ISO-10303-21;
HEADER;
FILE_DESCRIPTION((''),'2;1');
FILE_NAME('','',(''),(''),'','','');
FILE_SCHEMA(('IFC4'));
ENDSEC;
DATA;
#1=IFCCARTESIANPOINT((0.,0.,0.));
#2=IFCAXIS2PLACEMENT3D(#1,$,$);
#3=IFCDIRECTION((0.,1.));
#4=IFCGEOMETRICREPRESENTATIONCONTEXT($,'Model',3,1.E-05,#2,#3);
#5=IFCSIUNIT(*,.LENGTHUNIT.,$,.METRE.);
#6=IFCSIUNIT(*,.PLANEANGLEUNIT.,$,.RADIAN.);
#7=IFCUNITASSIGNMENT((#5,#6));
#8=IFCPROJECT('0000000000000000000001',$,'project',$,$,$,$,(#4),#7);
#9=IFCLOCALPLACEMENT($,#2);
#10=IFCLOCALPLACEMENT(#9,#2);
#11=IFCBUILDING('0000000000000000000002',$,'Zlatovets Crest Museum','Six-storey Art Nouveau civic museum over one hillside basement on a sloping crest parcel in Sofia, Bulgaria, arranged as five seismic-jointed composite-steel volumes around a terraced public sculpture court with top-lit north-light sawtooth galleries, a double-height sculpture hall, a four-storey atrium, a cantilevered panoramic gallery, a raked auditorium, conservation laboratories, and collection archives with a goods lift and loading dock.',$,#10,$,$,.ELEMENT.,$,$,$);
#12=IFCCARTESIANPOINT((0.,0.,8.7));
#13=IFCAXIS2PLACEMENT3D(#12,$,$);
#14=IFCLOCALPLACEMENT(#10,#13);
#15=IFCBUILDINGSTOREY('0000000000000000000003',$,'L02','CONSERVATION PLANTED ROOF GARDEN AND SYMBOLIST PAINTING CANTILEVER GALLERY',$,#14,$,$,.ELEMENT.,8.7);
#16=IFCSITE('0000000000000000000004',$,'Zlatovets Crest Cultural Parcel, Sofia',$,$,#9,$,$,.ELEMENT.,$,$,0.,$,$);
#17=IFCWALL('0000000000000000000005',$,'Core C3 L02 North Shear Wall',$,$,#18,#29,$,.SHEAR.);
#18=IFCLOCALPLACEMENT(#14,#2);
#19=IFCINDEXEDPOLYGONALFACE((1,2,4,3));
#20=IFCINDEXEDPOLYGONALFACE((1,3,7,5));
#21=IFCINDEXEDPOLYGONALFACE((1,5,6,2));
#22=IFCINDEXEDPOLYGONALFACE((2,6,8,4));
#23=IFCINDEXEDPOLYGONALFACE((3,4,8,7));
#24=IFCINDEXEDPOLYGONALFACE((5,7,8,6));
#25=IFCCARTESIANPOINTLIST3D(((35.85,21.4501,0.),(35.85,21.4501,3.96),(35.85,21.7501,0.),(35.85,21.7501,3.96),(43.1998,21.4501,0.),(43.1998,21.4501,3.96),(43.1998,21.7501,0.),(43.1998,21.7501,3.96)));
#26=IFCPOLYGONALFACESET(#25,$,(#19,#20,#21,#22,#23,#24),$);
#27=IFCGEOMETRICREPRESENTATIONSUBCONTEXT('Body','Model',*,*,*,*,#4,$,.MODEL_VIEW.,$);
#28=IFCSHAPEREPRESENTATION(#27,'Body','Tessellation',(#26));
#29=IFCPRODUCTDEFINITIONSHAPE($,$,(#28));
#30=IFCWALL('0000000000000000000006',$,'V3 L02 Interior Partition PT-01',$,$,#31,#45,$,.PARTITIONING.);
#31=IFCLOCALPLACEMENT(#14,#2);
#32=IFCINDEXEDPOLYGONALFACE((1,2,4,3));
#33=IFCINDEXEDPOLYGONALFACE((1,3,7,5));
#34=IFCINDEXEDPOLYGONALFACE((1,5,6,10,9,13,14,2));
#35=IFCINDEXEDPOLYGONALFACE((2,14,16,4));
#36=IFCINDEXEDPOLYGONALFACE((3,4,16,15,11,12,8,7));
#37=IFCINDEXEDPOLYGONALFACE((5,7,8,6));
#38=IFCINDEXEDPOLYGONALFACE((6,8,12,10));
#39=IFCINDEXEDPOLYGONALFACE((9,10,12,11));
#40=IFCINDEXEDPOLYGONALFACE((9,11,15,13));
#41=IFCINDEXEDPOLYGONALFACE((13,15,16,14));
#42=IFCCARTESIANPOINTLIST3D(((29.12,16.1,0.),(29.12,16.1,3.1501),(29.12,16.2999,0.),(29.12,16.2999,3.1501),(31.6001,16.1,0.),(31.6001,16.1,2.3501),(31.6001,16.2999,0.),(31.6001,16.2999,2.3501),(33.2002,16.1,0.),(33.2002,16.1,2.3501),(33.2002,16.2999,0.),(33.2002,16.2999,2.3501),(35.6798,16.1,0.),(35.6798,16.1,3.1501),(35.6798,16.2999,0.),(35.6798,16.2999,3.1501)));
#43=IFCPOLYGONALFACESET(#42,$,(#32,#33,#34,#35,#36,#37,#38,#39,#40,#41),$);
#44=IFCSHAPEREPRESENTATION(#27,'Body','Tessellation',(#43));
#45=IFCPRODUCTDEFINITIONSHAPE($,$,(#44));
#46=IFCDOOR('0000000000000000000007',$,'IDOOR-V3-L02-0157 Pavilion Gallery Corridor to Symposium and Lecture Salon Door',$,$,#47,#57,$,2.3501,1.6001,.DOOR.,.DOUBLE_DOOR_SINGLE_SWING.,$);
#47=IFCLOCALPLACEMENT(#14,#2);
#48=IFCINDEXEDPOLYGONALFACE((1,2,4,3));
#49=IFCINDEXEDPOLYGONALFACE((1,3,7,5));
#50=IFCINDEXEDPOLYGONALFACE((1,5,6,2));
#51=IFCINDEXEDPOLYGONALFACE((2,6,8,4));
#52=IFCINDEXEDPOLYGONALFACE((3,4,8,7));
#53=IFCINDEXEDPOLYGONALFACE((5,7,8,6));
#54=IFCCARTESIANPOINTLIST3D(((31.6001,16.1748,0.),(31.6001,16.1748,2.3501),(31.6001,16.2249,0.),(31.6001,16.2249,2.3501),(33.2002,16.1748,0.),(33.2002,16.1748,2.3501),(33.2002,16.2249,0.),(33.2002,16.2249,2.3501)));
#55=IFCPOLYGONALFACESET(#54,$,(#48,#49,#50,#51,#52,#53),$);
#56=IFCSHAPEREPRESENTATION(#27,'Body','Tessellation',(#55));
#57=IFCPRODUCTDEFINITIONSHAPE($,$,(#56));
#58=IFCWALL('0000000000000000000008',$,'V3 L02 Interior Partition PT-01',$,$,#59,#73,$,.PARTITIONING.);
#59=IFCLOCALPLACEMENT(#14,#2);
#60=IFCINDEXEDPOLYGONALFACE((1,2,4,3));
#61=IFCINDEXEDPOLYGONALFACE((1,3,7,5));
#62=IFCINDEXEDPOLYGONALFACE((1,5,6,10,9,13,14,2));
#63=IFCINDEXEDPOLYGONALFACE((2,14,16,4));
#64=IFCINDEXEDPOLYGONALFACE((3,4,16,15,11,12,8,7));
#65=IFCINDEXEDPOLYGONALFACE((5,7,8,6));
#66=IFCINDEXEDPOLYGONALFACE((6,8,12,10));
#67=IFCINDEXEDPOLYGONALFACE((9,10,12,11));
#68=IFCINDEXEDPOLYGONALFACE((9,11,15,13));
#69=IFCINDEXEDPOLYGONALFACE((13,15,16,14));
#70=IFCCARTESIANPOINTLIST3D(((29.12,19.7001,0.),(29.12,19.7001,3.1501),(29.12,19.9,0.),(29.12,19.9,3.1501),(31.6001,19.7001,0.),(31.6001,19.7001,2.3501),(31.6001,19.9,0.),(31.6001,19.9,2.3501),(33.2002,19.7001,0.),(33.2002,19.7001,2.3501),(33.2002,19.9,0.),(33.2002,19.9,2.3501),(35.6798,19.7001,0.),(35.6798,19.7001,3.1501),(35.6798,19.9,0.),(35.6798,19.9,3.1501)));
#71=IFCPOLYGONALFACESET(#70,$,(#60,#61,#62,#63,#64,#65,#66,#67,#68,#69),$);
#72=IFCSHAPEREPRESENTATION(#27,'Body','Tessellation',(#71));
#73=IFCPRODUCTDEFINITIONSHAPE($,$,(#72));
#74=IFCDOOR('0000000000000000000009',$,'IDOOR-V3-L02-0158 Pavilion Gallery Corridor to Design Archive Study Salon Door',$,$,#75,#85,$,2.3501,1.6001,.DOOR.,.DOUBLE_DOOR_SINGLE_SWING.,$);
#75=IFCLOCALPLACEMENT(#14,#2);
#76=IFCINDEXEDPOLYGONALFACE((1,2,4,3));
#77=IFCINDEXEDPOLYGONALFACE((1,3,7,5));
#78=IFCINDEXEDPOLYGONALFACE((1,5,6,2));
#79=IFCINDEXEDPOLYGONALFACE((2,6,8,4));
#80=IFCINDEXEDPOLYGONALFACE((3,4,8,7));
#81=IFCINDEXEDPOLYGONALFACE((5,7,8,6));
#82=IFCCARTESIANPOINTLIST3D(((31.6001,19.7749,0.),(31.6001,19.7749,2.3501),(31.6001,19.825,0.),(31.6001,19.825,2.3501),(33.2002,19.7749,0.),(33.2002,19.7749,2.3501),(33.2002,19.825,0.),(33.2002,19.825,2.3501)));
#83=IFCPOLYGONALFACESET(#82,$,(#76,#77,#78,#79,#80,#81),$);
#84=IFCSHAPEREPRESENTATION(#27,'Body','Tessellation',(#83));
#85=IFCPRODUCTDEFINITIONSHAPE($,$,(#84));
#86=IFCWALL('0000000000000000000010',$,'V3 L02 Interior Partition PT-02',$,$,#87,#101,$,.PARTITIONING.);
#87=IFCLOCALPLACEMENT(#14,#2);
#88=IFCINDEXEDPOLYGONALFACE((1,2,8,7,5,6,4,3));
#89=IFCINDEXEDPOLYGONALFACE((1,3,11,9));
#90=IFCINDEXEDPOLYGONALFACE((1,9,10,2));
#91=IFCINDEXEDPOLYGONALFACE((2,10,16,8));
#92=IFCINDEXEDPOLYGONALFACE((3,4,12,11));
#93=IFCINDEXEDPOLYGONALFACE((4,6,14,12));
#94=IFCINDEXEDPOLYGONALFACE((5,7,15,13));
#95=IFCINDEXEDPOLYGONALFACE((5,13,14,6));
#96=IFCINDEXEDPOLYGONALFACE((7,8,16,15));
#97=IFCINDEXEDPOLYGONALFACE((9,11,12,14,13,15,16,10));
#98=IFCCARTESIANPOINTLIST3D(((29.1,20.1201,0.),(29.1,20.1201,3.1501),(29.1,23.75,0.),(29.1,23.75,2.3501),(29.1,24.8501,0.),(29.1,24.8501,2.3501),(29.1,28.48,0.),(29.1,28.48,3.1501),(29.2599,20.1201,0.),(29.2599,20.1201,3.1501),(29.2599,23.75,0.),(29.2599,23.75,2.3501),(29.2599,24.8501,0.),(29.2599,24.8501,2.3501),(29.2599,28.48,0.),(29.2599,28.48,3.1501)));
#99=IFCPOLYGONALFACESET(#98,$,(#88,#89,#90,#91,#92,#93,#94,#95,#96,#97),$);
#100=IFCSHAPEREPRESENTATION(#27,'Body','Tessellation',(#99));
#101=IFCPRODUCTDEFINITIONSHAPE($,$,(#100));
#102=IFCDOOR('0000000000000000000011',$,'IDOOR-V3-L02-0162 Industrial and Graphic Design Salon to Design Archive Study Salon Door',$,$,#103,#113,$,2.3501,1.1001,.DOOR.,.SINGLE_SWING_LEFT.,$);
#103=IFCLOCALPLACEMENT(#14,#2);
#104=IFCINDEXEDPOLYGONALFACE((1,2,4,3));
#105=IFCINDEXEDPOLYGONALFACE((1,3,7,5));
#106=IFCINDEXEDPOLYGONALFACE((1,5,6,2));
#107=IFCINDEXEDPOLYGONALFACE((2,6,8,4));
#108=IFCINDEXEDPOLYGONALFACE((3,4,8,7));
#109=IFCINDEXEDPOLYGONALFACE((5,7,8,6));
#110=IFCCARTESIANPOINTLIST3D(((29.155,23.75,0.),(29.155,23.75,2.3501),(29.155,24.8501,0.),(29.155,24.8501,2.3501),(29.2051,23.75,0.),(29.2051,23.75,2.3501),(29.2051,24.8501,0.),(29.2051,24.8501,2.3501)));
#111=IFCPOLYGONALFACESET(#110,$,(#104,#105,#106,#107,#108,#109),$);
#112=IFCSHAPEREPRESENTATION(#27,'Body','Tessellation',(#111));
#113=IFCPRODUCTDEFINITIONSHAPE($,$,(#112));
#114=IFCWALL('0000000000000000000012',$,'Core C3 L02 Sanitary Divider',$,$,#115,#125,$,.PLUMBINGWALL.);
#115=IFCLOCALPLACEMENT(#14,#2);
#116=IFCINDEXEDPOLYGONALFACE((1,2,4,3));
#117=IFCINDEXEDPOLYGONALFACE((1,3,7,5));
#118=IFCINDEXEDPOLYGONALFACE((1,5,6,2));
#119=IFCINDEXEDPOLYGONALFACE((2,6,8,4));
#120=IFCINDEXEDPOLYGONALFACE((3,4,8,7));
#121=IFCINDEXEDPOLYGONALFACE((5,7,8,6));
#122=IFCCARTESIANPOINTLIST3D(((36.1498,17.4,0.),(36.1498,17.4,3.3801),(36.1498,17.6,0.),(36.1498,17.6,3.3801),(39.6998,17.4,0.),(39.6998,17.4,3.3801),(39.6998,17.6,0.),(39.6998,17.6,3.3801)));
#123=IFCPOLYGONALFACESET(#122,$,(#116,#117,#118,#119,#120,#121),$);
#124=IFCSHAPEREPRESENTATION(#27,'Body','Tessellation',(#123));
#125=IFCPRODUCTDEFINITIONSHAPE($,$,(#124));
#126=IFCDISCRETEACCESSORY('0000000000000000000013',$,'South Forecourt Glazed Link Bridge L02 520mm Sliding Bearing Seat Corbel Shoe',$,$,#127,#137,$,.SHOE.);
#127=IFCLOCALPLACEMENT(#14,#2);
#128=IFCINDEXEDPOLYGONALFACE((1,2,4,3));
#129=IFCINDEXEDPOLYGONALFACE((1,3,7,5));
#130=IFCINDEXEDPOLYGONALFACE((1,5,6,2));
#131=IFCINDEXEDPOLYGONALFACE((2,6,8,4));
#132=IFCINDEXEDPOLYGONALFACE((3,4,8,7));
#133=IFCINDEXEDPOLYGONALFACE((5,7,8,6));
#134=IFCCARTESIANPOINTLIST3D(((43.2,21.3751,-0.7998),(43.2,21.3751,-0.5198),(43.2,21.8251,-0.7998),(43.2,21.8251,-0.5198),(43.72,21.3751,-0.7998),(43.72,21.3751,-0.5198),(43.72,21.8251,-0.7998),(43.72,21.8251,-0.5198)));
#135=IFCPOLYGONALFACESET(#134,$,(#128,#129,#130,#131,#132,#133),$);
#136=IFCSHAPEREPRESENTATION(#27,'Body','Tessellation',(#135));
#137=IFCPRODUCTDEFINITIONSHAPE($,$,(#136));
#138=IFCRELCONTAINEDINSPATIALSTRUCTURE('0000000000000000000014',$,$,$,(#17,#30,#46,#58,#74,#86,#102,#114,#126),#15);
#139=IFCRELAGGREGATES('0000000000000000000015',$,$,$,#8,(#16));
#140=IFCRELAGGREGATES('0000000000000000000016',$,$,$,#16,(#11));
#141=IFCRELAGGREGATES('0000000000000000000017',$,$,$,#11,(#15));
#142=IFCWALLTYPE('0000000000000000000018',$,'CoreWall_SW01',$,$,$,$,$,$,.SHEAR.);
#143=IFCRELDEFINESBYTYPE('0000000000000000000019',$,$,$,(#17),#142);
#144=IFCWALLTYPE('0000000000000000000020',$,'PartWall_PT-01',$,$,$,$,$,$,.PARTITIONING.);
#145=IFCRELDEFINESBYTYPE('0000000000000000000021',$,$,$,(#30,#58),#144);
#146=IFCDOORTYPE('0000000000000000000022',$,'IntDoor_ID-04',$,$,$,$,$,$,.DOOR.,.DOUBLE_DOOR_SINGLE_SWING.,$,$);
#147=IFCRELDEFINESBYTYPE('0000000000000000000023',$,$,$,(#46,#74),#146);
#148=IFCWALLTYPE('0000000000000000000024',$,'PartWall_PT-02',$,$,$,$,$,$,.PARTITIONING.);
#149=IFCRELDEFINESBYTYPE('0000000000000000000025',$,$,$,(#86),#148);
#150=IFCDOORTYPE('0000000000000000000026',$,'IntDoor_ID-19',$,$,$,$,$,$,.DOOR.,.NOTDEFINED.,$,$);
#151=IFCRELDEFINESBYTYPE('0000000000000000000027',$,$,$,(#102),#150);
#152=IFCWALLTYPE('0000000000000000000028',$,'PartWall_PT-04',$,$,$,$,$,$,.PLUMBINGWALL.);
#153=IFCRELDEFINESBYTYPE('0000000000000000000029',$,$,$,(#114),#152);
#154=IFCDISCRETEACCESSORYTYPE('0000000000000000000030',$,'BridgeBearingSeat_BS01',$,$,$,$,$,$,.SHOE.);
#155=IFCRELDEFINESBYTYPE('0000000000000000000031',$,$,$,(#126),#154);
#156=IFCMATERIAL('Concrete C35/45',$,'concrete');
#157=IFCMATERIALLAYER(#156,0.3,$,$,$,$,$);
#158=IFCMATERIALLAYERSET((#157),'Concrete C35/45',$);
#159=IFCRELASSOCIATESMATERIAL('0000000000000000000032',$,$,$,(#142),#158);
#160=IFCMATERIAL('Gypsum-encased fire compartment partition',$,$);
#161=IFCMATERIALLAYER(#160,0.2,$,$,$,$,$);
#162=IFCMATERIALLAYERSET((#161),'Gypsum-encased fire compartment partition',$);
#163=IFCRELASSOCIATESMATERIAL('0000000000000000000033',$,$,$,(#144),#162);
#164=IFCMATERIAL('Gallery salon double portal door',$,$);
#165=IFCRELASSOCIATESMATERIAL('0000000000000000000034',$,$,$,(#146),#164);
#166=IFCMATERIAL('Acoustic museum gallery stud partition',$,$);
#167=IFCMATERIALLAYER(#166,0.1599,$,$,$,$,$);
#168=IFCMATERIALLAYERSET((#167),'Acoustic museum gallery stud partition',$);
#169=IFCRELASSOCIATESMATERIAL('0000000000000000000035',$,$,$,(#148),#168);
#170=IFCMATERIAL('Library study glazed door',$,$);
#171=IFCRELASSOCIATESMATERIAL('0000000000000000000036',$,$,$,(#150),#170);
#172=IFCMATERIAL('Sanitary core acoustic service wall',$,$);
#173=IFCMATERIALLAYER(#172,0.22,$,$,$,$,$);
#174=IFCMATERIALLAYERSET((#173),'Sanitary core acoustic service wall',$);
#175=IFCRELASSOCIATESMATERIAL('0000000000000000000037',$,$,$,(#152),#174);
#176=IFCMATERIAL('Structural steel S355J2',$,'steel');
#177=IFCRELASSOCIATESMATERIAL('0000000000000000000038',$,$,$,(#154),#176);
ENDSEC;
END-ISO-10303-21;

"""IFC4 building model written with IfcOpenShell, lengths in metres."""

from ifc_helpers import new_model, si_unit, direction, frame, frame_2d, origin, origin_2d, place, context, subcontext, project, spatial, rectangle, extrude, material, layer, layer_set, type_object, element, fill, save


model = new_model("IFC4")

# Units and contexts
model_context = context("Model", 3, precision=1e-05, world=origin(), true_north=direction((0.0, 1.0)))
body_context = subcontext(model_context, "Body", "Model", "MODEL_VIEW")
ifc_project = project(units=[si_unit("LENGTHUNIT", "METRE"), si_unit("PLANEANGLEUNIT", "RADIAN")], contexts=[model_context])

# Site, building, storey
site_placement = place(None, origin())
site = spatial("IfcSite", under=ifc_project, at=site_placement, Name="Zlatovets Crest Cultural Parcel, Sofia", CompositionType="ELEMENT", RefElevation=0.0)
building_placement = place(site_placement, origin())
building = spatial("IfcBuilding", under=site, at=building_placement, Name="Zlatovets Crest Museum", Description="Six-storey Art Nouveau civic museum over one hillside basement on a sloping crest parcel in Sofia, Bulgaria, arranged as five seismic-jointed composite-steel volumes around a terraced public sculpture court with top-lit north-light sawtooth galleries, a double-height sculpture hall, a four-storey atrium, a cantilevered panoramic gallery, a raked auditorium, conservation laboratories, and collection archives with a goods lift and loading dock.", CompositionType="ELEMENT")
storey_placement = place(building_placement, frame((0.0, 0.0, 8.7)))
storey = spatial("IfcBuildingStorey", under=building, at=storey_placement, Name="L02", Description="CONSERVATION PLANTED ROOF GARDEN AND SYMBOLIST PAINTING CANTILEVER GALLERY", CompositionType="ELEMENT", Elevation=8.7)

# Shared definitions
ifc_material_1 = material(Name="Structural steel S355J2", Category="steel")

# Wall
ifc_material_2 = material(Name="Concrete C35/45", Category="concrete")
ifc_layer_1 = layer(ifc_material_2, 0.3)
ifc_layer_set_1 = layer_set([ifc_layer_1], Name="Concrete C35/45")
wall_type_1 = type_object("IfcWallType", Name="CoreWall_SW01", PredefinedType="SHEAR", material=ifc_layer_set_1)
wall_1_placement = place(storey_placement, frame((35.8501, 21.6001, 0.0), z_axis=(0.0, 0.0, 1.0), x_axis=(1.0, 0.0, 0.0)))
element("IfcWall", 1, at=wall_1_placement, inside=storey, type_object=wall_type_1, Name="Core C3 L02 North Shear Wall", PredefinedType="SHEAR", context=body_context, shape_type="SweptSolid", body=[
    extrude(rectangle(XDim=7.3499, YDim=0.3, at=frame_2d((3.6748, 0.0))), origin(), (0.0, 0.0, 1.0), 3.96),
])

# Walls, openings, doors
ifc_material_3 = material(Name="Gypsum-encased fire compartment partition")
ifc_layer_2 = layer(ifc_material_3, 0.2)
ifc_layer_set_2 = layer_set([ifc_layer_2], Name="Gypsum-encased fire compartment partition")
wall_type_2 = type_object("IfcWallType", Name="PartWall_PT-01", PredefinedType="PARTITIONING", material=ifc_layer_set_2)
wall_2_placement = place(storey_placement, frame((29.1201, 16.2, 0.0), z_axis=(0.0, 0.0, 1.0), x_axis=(1.0, 0.0, 0.0)))
wall_2 = element("IfcWall", 2, at=wall_2_placement, inside=storey, type_object=wall_type_2, Name="V3 L02 Interior Partition PT-01", PredefinedType="PARTITIONING", context=body_context, shape_type="SweptSolid", body=[
    extrude(rectangle(XDim=6.5598, YDim=0.2, at=frame_2d((3.2798, 0.0))), origin(), (0.0, 0.0, 1.0), 3.1501),
])
opening_1_placement = place(wall_2_placement, frame((2.48, 0.0, 0.0)))
opening_1 = element("IfcOpeningElement", 3, at=opening_1_placement, cuts=wall_2, PredefinedType="OPENING", context=body_context, shape_type="SweptSolid", body=[
    extrude(rectangle(XDim=1.6001, YDim=2.3501, at=frame_2d((0.8, 1.175))), frame((0.0, 0.1099, 0.0), z_axis=(0.0, -1.0, 0.0), x_axis=(1.0, 0.0, 0.0)), (0.0, 0.0, 1.0), 0.22),
])
ifc_material_4 = material(Name="Gallery salon double portal door")
door_type_1 = type_object("IfcDoorType", Name="IntDoor_ID-04", OperationType="DOUBLE_DOOR_SINGLE_SWING", PredefinedType="DOOR", material=ifc_material_4)
door_1_placement = place(opening_1_placement, origin())
door_1 = element("IfcDoor", 4, at=door_1_placement, inside=storey, type_object=door_type_1, Name="IDOOR-V3-L02-0157 Pavilion Gallery Corridor to Symposium and Lecture Salon Door", OperationType="DOUBLE_DOOR_SINGLE_SWING", OverallHeight=2.3501, OverallWidth=1.6001, PredefinedType="DOOR", context=body_context, shape_type="SweptSolid", body=[
    extrude(rectangle(XDim=1.6001, YDim=2.3501, at=frame_2d((0.8, 1.175))), frame((0.0, 0.0249, 0.0), z_axis=(0.0, -1.0, 0.0), x_axis=(1.0, 0.0, 0.0)), (0.0, 0.0, 1.0), 0.05),
])
fill(opening_1, door_1)
wall_3_placement = place(storey_placement, frame((29.1201, 19.8, 0.0), z_axis=(0.0, 0.0, 1.0), x_axis=(1.0, 0.0, 0.0)))
wall_3 = element("IfcWall", 5, at=wall_3_placement, inside=storey, type_object=wall_type_2, Name="V3 L02 Interior Partition PT-01", PredefinedType="PARTITIONING", context=body_context, shape_type="SweptSolid", body=[
    extrude(rectangle(XDim=6.5598, YDim=0.2, at=frame_2d((3.2798, 0.0))), origin(), (0.0, 0.0, 1.0), 3.1501),
])
opening_2_placement = place(wall_3_placement, frame((2.48, 0.0, 0.0)))
opening_2 = element("IfcOpeningElement", 6, at=opening_2_placement, cuts=wall_3, PredefinedType="OPENING", context=body_context, shape_type="SweptSolid", body=[
    extrude(rectangle(XDim=1.6001, YDim=2.3501, at=frame_2d((0.8, 1.175))), frame((0.0, 0.1099, 0.0), z_axis=(0.0, -1.0, 0.0), x_axis=(1.0, 0.0, 0.0)), (0.0, 0.0, 1.0), 0.22),
])
door_2_placement = place(opening_2_placement, origin())
door_2 = element("IfcDoor", 7, at=door_2_placement, inside=storey, type_object=door_type_1, Name="IDOOR-V3-L02-0158 Pavilion Gallery Corridor to Design Archive Study Salon Door", OperationType="DOUBLE_DOOR_SINGLE_SWING", OverallHeight=2.3501, OverallWidth=1.6001, PredefinedType="DOOR", context=body_context, shape_type="SweptSolid", body=[
    extrude(rectangle(XDim=1.6001, YDim=2.3501, at=frame_2d((0.8, 1.175))), frame((0.0, 0.0249, 0.0), z_axis=(0.0, -1.0, 0.0), x_axis=(1.0, 0.0, 0.0)), (0.0, 0.0, 1.0), 0.05),
])
fill(opening_2, door_2)
ifc_material_5 = material(Name="Acoustic museum gallery stud partition")
ifc_layer_3 = layer(ifc_material_5, 0.1599)
ifc_layer_set_3 = layer_set([ifc_layer_3], Name="Acoustic museum gallery stud partition")
wall_type_3 = type_object("IfcWallType", Name="PartWall_PT-02", PredefinedType="PARTITIONING", material=ifc_layer_set_3)
wall_4_placement = place(storey_placement, frame((29.1799, 20.1201, 0.0), z_axis=(0.0, 0.0, 1.0), x_axis=(0.0, 1.0, 0.0)))
wall_4 = element("IfcWall", 8, at=wall_4_placement, inside=storey, type_object=wall_type_3, Name="V3 L02 Interior Partition PT-02", PredefinedType="PARTITIONING", context=body_context, shape_type="SweptSolid", body=[
    extrude(rectangle(XDim=8.3599, YDim=0.1599, at=frame_2d((4.1799, 0.0))), origin(), (0.0, 0.0, 1.0), 3.1501),
])
opening_3_placement = place(wall_4_placement, frame((3.6299, 0.0, 0.0)))
opening_3 = element("IfcOpeningElement", 9, at=opening_3_placement, cuts=wall_4, PredefinedType="OPENING", context=body_context, shape_type="SweptSolid", body=[
    extrude(rectangle(XDim=1.1001, YDim=2.3501, at=frame_2d((0.55, 1.175))), frame((0.0, 0.0898, 0.0), z_axis=(0.0, -1.0, 0.0), x_axis=(1.0, 0.0, 0.0)), (0.0, 0.0, 1.0), 0.1799),
])
ifc_material_6 = material(Name="Library study glazed door")
door_type_2 = type_object("IfcDoorType", Name="IntDoor_ID-19", OperationType="NOTDEFINED", PredefinedType="DOOR", material=ifc_material_6)
door_3_placement = place(opening_3_placement, origin())
door_3 = element("IfcDoor", 10, at=door_3_placement, inside=storey, type_object=door_type_2, Name="IDOOR-V3-L02-0162 Industrial and Graphic Design Salon to Design Archive Study Salon Door", OperationType="SINGLE_SWING_LEFT", OverallHeight=2.3501, OverallWidth=1.1001, PredefinedType="DOOR", context=body_context, shape_type="SweptSolid", body=[
    extrude(rectangle(XDim=1.1001, YDim=2.3501, at=frame_2d((0.55, 1.175))), frame((0.0, 0.0249, 0.0), z_axis=(0.0, -1.0, 0.0), x_axis=(1.0, 0.0, 0.0)), (0.0, 0.0, 1.0), 0.05),
])
fill(opening_3, door_3)

# Wall
ifc_material_7 = material(Name="Sanitary core acoustic service wall")
ifc_layer_4 = layer(ifc_material_7, 0.22)
ifc_layer_set_4 = layer_set([ifc_layer_4], Name="Sanitary core acoustic service wall")
wall_type_4 = type_object("IfcWallType", Name="PartWall_PT-04", PredefinedType="PLUMBINGWALL", material=ifc_layer_set_4)
wall_5_placement = place(storey_placement, frame((36.1499, 17.5, 0.0), z_axis=(0.0, 0.0, 1.0), x_axis=(1.0, 0.0, 0.0)))
element("IfcWall", 11, at=wall_5_placement, inside=storey, type_object=wall_type_4, Name="Core C3 L02 Sanitary Divider", PredefinedType="PLUMBINGWALL", context=body_context, shape_type="SweptSolid", body=[
    extrude(rectangle(XDim=3.55, YDim=0.2, at=frame_2d((1.7749, 0.0))), origin(), (0.0, 0.0, 1.0), 3.3801),
])

# Discrete accessory
discrete_accessory_type = type_object("IfcDiscreteAccessoryType", Name="BridgeBearingSeat_BS01", PredefinedType="SHOE", material=ifc_material_1)
discrete_accessory_placement = place(storey_placement, frame((43.46, 21.6001, -0.7998), z_axis=(0.0, 0.0, 1.0), x_axis=(1.0, 0.0, 0.0)))
element("IfcDiscreteAccessory", 12, at=discrete_accessory_placement, inside=storey, type_object=discrete_accessory_type, Name="South Forecourt Glazed Link Bridge L02 520mm Sliding Bearing Seat Corbel Shoe", PredefinedType="SHOE", context=body_context, shape_type="SweptSolid", body=[
    extrude(rectangle(XDim=0.52, YDim=0.45, at=origin_2d()), origin(), (0.0, 0.0, 1.0), 0.28),
])

save(model, "model.ifc")
